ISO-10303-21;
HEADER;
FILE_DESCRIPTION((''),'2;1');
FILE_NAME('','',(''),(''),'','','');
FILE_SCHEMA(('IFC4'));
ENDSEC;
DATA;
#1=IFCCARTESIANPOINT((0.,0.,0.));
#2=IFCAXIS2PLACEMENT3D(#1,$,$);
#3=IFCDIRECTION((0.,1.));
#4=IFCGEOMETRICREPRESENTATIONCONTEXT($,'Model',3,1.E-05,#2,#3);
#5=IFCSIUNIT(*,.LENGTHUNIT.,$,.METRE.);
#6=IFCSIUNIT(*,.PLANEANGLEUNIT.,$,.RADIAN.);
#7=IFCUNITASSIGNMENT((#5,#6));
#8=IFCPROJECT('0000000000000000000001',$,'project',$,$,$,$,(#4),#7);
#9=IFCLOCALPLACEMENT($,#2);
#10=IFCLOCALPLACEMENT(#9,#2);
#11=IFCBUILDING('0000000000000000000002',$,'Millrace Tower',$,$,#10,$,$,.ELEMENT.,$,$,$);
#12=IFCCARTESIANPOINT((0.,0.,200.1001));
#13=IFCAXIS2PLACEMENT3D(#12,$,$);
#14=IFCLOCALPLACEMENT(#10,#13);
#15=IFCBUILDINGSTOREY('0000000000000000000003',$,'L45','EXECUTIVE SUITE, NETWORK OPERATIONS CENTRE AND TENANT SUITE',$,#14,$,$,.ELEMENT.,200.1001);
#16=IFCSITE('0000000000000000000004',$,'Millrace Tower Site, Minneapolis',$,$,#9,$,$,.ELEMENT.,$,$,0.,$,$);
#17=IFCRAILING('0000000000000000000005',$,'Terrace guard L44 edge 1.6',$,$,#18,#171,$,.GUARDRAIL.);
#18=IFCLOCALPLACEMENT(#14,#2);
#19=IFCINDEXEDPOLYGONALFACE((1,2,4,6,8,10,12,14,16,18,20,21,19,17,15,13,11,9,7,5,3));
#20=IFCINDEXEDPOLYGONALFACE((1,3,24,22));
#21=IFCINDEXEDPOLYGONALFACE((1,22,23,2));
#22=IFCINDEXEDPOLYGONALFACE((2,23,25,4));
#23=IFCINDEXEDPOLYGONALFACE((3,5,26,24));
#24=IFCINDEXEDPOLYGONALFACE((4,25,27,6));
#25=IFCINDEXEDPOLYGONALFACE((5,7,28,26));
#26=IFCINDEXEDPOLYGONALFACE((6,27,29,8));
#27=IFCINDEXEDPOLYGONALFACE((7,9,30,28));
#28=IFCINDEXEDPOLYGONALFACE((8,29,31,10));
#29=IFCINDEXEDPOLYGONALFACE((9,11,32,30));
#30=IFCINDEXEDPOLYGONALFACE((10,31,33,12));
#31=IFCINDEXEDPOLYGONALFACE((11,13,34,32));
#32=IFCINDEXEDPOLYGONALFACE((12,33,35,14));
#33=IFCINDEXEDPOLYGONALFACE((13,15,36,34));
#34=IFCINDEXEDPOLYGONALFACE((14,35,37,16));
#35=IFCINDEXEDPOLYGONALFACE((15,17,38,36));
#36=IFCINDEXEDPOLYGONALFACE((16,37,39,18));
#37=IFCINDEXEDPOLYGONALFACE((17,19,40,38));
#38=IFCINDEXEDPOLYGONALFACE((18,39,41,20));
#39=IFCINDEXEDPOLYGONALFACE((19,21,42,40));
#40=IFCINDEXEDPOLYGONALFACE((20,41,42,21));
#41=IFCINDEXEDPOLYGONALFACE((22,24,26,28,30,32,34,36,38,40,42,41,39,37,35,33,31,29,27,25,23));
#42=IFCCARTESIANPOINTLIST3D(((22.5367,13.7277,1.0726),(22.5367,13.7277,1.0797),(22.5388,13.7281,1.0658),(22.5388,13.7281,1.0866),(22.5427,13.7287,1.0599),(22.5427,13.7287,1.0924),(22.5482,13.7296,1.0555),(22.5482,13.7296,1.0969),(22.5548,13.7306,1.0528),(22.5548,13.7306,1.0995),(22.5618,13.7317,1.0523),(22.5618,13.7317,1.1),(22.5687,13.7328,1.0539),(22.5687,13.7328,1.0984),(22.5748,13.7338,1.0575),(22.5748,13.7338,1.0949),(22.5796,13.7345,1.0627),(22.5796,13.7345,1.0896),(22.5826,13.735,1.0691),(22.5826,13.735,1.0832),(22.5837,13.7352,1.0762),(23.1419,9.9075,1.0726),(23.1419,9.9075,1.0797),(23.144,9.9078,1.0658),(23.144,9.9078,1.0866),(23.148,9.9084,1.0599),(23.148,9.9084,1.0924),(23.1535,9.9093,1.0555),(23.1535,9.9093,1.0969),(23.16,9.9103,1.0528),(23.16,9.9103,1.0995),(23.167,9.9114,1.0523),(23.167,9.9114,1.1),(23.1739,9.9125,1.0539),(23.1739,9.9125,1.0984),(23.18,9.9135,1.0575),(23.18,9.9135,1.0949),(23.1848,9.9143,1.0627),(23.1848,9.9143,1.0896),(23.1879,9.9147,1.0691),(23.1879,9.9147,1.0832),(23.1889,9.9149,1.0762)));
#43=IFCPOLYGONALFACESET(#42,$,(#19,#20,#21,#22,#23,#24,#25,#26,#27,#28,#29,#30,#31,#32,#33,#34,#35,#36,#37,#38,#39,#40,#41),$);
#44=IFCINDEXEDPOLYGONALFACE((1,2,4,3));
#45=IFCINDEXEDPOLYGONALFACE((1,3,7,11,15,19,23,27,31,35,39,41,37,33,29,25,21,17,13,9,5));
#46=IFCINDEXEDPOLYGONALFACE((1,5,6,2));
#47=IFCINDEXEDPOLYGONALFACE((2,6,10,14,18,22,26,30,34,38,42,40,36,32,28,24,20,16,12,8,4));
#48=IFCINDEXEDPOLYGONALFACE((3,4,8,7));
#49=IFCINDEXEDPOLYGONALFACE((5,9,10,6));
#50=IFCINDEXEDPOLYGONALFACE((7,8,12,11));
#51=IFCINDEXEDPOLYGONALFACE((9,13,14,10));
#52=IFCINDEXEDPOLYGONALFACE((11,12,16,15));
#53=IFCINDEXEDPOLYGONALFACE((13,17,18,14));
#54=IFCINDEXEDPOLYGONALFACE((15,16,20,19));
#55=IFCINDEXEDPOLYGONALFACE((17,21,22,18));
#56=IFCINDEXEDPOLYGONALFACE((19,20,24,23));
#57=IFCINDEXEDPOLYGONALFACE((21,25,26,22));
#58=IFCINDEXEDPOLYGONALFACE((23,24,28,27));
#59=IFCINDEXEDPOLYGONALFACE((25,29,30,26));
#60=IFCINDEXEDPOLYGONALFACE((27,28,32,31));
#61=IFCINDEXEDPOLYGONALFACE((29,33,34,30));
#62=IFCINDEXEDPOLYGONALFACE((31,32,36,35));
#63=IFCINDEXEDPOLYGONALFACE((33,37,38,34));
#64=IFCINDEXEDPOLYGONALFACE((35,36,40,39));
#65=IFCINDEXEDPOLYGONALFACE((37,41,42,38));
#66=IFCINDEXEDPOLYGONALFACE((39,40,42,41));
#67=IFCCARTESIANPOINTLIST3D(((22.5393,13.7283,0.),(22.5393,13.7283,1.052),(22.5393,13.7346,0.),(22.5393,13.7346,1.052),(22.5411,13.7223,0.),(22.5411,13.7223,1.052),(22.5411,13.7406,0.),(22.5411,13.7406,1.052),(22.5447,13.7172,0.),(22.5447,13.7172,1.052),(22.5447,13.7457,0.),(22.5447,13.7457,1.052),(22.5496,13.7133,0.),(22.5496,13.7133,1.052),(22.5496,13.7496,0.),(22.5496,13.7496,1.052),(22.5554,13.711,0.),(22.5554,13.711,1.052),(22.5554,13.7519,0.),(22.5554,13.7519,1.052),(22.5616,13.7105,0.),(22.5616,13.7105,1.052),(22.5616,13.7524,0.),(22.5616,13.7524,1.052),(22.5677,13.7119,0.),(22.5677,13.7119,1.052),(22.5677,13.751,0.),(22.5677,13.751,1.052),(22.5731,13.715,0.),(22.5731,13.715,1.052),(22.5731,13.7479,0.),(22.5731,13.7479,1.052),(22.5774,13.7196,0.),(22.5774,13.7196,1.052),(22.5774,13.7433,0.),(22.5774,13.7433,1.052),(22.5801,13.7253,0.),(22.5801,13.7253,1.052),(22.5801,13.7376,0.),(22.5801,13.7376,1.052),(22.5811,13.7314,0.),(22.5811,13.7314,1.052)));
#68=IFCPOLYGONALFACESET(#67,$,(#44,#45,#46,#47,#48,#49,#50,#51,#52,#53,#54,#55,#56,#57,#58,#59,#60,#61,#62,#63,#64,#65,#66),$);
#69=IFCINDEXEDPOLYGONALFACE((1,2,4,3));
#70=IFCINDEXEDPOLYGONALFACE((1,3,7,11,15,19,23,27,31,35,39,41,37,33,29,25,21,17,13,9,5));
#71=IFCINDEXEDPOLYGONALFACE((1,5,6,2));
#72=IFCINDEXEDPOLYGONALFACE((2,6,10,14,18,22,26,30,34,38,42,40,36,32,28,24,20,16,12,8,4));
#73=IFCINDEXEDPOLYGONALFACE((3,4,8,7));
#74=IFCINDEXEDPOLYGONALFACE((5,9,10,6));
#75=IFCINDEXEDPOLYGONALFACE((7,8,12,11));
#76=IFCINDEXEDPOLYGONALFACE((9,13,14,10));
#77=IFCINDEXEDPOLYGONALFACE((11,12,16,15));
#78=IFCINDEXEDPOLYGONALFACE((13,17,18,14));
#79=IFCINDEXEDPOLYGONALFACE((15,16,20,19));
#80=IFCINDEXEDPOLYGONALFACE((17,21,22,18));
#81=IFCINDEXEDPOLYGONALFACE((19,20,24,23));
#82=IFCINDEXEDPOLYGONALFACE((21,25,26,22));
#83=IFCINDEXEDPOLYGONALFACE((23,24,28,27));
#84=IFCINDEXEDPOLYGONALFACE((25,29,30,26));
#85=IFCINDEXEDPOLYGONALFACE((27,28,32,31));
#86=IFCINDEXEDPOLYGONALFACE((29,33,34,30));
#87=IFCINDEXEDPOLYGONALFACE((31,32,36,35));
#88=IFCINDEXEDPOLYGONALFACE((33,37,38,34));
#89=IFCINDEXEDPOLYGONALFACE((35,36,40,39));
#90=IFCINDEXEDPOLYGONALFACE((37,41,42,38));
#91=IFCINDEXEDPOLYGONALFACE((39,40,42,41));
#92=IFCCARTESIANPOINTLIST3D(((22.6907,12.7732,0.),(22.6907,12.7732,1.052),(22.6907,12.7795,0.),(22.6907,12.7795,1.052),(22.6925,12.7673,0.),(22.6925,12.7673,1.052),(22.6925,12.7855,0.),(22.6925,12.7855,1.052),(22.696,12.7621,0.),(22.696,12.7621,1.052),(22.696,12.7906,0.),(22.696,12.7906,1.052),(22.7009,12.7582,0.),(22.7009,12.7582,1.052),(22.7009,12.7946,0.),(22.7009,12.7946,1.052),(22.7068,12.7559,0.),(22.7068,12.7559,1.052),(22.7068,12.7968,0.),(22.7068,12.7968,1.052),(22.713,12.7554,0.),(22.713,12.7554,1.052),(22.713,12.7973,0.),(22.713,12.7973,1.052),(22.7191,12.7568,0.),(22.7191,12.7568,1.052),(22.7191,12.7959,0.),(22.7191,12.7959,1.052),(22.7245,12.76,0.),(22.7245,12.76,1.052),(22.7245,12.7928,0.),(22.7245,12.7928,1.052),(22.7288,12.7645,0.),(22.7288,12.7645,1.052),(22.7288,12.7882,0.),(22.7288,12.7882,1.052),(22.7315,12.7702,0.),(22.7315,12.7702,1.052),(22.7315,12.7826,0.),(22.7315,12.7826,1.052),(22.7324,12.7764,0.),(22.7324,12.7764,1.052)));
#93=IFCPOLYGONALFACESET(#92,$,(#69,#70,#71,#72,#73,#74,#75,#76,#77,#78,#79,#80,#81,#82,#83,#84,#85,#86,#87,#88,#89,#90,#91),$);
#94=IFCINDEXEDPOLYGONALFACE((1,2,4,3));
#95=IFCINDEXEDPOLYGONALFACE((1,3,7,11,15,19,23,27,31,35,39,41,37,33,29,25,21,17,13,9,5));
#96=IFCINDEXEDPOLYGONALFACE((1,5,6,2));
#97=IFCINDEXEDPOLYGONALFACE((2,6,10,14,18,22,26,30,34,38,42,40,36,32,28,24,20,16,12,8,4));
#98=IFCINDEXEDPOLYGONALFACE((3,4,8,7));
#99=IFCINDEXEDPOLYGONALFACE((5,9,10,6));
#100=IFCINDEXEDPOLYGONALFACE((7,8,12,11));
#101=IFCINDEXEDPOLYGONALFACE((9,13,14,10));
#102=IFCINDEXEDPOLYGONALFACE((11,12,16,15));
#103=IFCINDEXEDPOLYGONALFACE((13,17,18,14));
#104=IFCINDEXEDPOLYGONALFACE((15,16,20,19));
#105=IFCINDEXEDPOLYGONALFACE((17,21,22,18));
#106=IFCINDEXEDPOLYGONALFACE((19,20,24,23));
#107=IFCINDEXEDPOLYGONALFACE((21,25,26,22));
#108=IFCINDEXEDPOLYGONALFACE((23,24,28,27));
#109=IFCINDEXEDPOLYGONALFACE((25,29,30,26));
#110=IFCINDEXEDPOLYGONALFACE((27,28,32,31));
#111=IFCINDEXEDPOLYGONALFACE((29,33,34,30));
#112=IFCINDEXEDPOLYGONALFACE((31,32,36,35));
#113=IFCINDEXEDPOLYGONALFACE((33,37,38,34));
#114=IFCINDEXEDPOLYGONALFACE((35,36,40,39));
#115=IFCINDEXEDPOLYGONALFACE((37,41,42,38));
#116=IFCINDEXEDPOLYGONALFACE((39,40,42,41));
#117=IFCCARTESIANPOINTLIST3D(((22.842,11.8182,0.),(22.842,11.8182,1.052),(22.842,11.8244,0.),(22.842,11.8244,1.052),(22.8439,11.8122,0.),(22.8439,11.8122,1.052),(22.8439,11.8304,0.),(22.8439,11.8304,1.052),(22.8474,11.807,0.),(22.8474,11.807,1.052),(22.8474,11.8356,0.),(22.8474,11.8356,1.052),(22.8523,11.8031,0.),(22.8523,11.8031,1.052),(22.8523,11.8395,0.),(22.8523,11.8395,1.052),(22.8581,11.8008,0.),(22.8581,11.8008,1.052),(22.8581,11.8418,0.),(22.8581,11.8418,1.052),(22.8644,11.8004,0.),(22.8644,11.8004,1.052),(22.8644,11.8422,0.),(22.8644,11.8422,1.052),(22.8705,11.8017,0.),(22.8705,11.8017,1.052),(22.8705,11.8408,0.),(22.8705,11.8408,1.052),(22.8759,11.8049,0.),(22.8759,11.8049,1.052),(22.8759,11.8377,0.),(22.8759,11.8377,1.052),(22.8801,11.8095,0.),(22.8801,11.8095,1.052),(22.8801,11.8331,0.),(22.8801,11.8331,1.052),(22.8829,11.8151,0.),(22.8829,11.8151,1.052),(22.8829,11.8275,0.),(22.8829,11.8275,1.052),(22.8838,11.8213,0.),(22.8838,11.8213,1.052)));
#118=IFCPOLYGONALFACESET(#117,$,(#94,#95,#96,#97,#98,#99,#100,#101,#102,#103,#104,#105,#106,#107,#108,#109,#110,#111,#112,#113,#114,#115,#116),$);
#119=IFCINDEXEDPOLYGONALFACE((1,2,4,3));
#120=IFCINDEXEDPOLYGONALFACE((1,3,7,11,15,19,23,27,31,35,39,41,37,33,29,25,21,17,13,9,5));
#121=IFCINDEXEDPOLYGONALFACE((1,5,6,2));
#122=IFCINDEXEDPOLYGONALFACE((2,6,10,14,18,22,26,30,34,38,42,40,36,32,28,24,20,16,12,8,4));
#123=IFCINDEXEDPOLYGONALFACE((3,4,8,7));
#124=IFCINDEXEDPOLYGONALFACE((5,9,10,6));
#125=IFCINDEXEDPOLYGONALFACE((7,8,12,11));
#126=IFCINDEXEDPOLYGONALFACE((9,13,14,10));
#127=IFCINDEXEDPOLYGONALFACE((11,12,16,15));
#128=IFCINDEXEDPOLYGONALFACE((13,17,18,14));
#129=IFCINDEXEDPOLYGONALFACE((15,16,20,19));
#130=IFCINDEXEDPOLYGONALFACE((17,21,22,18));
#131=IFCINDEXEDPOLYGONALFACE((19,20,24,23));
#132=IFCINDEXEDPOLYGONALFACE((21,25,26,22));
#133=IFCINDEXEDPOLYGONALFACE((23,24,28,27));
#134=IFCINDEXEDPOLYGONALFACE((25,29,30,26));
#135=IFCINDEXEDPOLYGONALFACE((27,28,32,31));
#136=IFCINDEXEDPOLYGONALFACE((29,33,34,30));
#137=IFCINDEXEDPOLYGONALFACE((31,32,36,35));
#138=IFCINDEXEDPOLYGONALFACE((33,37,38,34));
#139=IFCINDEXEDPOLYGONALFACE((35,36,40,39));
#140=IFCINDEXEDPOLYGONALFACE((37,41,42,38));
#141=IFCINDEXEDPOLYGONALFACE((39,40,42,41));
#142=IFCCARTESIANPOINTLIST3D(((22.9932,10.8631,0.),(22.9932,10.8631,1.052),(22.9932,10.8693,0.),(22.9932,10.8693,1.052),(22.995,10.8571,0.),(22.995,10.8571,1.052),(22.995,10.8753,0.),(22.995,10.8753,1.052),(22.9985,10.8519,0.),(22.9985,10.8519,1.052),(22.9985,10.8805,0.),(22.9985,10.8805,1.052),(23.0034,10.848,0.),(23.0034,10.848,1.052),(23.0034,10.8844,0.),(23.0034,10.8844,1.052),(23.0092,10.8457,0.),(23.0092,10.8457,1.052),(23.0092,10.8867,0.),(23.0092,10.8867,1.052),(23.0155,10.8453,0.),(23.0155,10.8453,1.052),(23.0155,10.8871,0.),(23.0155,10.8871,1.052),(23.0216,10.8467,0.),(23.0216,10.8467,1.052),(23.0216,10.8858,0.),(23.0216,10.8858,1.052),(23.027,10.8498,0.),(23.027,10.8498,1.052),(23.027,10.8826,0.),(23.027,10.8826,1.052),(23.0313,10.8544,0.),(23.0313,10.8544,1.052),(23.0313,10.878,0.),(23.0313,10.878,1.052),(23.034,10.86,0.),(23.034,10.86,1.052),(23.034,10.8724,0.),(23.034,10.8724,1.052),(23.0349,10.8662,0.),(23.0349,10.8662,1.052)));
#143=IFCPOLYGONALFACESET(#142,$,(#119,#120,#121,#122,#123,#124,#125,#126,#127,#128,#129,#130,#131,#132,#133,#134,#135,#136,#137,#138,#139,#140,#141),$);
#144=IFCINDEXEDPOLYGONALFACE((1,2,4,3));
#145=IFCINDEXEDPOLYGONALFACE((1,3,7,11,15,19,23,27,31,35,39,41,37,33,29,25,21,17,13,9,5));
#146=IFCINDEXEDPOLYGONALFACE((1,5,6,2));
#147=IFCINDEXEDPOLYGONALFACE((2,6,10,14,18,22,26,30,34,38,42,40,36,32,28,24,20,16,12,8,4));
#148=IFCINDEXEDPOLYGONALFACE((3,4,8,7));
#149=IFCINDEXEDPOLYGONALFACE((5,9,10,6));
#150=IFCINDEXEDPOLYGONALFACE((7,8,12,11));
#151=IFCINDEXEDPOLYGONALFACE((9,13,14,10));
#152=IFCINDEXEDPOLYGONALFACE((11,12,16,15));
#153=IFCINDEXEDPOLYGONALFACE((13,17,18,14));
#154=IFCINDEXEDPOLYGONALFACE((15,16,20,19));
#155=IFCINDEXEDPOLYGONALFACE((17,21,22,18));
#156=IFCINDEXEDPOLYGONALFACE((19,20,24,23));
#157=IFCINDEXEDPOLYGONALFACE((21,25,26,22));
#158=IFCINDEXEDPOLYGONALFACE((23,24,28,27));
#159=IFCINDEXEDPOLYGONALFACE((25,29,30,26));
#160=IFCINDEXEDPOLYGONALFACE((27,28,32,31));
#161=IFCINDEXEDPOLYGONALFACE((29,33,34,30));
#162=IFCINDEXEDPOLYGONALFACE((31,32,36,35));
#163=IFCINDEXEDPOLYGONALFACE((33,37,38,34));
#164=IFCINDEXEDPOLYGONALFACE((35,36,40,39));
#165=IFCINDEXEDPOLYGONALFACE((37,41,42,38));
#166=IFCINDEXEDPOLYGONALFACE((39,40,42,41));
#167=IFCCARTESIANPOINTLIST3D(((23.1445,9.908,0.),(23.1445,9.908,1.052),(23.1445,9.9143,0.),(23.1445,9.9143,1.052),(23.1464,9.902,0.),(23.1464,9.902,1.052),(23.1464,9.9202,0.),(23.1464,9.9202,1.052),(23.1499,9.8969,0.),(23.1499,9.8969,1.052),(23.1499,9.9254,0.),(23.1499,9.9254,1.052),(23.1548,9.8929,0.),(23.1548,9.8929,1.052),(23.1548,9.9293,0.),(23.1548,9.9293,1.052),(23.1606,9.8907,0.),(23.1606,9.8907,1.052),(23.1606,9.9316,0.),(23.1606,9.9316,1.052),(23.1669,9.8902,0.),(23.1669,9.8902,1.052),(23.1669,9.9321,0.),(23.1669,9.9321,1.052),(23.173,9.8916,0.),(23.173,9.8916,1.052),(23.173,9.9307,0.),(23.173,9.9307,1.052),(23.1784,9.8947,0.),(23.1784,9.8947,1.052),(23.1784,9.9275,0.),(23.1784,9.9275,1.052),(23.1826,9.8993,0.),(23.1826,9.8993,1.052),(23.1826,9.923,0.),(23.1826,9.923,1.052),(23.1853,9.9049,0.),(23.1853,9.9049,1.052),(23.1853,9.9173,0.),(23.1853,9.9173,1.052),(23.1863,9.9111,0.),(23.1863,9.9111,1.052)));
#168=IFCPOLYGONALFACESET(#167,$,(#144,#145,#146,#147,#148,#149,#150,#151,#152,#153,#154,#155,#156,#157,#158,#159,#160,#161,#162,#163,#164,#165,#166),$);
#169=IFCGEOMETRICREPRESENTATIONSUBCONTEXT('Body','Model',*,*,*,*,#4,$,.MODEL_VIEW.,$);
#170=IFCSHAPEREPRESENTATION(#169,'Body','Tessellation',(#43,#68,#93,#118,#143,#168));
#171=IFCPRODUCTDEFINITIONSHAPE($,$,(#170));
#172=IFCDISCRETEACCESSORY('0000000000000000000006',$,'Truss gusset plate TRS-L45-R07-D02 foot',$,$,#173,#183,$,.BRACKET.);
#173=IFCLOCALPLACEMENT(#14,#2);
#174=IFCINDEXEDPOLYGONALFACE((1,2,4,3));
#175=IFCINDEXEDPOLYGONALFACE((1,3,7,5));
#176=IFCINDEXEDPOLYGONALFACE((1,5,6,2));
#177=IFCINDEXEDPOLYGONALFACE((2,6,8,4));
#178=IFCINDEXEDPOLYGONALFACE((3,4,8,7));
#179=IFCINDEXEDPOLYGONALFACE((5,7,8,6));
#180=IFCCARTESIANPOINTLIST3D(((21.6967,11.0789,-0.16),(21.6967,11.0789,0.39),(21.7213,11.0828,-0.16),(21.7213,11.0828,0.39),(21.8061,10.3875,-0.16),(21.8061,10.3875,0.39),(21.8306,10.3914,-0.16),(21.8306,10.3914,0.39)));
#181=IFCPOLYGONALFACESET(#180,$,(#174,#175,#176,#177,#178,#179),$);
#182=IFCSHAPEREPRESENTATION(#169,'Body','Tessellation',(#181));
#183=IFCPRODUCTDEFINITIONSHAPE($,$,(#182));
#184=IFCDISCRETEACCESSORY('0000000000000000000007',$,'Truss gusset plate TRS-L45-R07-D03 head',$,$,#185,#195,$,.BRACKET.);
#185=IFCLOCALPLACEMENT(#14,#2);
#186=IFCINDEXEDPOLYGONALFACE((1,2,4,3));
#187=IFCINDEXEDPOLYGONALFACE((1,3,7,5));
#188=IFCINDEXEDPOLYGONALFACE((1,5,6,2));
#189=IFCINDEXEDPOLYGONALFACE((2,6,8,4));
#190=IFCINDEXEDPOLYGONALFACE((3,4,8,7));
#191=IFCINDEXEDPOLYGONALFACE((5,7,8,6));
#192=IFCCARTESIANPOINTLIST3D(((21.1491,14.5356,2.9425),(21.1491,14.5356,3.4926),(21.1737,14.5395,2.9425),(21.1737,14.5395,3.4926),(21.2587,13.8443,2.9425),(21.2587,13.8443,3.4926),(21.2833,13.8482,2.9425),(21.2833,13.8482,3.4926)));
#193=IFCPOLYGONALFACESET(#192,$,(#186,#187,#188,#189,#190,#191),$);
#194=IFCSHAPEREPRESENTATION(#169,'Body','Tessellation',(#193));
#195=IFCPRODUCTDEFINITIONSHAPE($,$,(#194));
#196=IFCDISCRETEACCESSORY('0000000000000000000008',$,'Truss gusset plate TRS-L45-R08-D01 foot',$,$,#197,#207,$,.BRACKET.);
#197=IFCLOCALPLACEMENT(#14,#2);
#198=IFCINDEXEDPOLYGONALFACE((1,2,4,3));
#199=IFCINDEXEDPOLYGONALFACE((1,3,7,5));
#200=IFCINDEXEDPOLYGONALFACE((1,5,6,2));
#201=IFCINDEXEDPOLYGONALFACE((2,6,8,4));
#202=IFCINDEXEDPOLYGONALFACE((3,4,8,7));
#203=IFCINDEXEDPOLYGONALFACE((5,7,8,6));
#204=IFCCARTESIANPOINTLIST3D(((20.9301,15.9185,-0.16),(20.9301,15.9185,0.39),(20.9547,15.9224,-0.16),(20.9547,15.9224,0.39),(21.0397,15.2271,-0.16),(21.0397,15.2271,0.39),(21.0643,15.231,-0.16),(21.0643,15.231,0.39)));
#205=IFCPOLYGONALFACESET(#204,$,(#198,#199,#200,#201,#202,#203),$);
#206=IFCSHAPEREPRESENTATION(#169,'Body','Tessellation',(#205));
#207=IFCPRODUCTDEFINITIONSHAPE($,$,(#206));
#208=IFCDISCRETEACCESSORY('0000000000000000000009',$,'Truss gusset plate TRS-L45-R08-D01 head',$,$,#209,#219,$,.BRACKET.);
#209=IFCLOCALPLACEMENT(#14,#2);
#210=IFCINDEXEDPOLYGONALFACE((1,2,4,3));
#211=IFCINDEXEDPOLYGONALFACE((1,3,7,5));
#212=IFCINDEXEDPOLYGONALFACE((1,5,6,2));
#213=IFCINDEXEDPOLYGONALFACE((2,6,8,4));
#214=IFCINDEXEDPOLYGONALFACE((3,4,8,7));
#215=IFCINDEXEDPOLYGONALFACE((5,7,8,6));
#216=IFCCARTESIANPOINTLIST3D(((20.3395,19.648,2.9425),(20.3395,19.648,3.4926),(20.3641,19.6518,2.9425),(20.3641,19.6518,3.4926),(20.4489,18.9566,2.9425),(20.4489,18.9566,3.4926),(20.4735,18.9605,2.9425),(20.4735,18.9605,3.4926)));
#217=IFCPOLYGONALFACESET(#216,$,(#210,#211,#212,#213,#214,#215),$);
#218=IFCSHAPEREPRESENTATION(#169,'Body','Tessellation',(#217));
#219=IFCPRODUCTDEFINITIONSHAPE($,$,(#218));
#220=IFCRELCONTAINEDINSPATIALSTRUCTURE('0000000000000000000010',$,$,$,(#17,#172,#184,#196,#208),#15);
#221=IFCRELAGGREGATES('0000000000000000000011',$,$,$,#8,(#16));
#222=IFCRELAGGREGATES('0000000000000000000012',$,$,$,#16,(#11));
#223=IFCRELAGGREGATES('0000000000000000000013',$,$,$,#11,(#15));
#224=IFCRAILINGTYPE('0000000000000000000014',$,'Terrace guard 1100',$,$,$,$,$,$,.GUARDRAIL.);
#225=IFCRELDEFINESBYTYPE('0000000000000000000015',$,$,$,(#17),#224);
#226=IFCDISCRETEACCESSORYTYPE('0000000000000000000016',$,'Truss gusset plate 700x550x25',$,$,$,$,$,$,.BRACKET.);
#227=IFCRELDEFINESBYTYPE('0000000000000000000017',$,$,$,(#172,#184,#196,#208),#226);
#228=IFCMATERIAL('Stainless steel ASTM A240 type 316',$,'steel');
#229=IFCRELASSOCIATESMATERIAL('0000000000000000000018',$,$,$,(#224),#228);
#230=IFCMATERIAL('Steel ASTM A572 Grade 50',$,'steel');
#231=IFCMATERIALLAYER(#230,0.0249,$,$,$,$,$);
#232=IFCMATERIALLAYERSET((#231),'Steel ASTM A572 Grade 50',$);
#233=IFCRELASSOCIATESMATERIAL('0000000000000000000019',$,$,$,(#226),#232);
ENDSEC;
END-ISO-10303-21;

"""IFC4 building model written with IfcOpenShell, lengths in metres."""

from ifc_helpers import new_model, si_unit, direction, frame, origin, origin_2d, place, context, subcontext, project, spatial, rectangle, circle, extrude, material, layer, layer_set, type_object, element, save


model = new_model("IFC4")

# Units and contexts
model_context = context("Model", 3, precision=1e-05, world=origin(), true_north=direction((0.0, 1.0)))
body_context = subcontext(model_context, "Body", "Model", "MODEL_VIEW")
ifc_project = project(units=[si_unit("LENGTHUNIT", "METRE"), si_unit("PLANEANGLEUNIT", "RADIAN")], contexts=[model_context])

# Site, building, storey
site_placement = place(None, origin())
site = spatial("IfcSite", under=ifc_project, at=site_placement, Name="Millrace Tower Site, Minneapolis", CompositionType="ELEMENT", RefElevation=0.0)
building_placement = place(site_placement, origin())
building = spatial("IfcBuilding", under=site, at=building_placement, Name="Millrace Tower", CompositionType="ELEMENT")
storey_placement = place(building_placement, frame((0.0, 0.0, 200.1001)))
storey = spatial("IfcBuildingStorey", under=building, at=storey_placement, Name="L45", Description="EXECUTIVE SUITE, NETWORK OPERATIONS CENTRE AND TENANT SUITE", CompositionType="ELEMENT", Elevation=200.1001)

# Railing
ifc_material_1 = material(Name="Stainless steel ASTM A240 type 316", Category="steel")
railing_type = type_object("IfcRailingType", Name="Terrace guard 1100", PredefinedType="GUARDRAIL", material=ifc_material_1)
for number, where, name in (
    (1, (22.5601, 13.7314, 0.0), "Terrace guard L44 edge 1.6"),
):
    element("IfcRailing", number, at=place(storey_placement, frame(where)), inside=storey, type_object=railing_type, Name=name, PredefinedType="GUARDRAIL", context=body_context, shape_type="SweptSolid", body=[
        extrude(circle(Radius=0.0239, at=origin_2d()), frame((0.0, 0.0, 1.0762), z_axis=(0.156471, -0.987682, 0.0), x_axis=(0.987682, 0.156471, 0.0)), (0.0, 0.0, 1.0), 3.8679),
        extrude(circle(Radius=0.021, at=origin_2d()), origin(), (0.0, 0.0, 1.0), 1.052),
        extrude(circle(Radius=0.021, at=origin_2d()), frame((0.1514, -0.9551, 0.0)), (0.0, 0.0, 1.0), 1.052),
        extrude(circle(Radius=0.021, at=origin_2d()), frame((0.3027, -1.9102, 0.0)), (0.0, 0.0, 1.0), 1.052),
        extrude(circle(Radius=0.021, at=origin_2d()), frame((0.4539, -2.8652, 0.0)), (0.0, 0.0, 1.0), 1.052),
        extrude(circle(Radius=0.021, at=origin_2d()), frame((0.6052, -3.8203, 0.0)), (0.0, 0.0, 1.0), 1.052),
    ])

# Discrete accessories
ifc_material_2 = material(Name="Steel ASTM A572 Grade 50", Category="steel")
ifc_layer_1 = layer(ifc_material_2, 0.0249)
ifc_layer_set_1 = layer_set([ifc_layer_1], Name="Steel ASTM A572 Grade 50")
discrete_accessory_type = type_object("IfcDiscreteAccessoryType", Name="Truss gusset plate 700x550x25", PredefinedType="BRACKET", material=ifc_layer_set_1)
for number, where, z_axis, x_axis, name in (
    (2, (21.709, 11.0808, 0.115), (0.156249, -0.987718, 0.0), (0.987718, 0.156249, 0.0), "Truss gusset plate TRS-L45-R07-D02 foot"),
    (3, (21.1614, 14.5376, 3.2175), (0.156589, -0.987664, 0.0), (0.987664, 0.156589, 0.0), "Truss gusset plate TRS-L45-R07-D03 head"),
    (4, (20.9424, 15.9204, 0.115), (0.156589, -0.987664, 0.0), (0.987664, 0.156589, 0.0), "Truss gusset plate TRS-L45-R08-D01 foot"),
    (5, (20.3518, 19.6499, 3.2175), (0.156249, -0.987718, 0.0), (0.987718, 0.156249, 0.0), "Truss gusset plate TRS-L45-R08-D01 head"),
):
    element("IfcDiscreteAccessory", number, at=place(storey_placement, frame(where, z_axis=z_axis, x_axis=x_axis)), inside=storey, type_object=discrete_accessory_type, Name=name, PredefinedType="BRACKET", context=body_context, shape_type="SweptSolid", body=[
        extrude(rectangle(XDim=0.0249, YDim=0.55, at=origin_2d()), origin(), (0.0, 0.0, 1.0), 0.7),
    ])

save(model, "model.ifc")
